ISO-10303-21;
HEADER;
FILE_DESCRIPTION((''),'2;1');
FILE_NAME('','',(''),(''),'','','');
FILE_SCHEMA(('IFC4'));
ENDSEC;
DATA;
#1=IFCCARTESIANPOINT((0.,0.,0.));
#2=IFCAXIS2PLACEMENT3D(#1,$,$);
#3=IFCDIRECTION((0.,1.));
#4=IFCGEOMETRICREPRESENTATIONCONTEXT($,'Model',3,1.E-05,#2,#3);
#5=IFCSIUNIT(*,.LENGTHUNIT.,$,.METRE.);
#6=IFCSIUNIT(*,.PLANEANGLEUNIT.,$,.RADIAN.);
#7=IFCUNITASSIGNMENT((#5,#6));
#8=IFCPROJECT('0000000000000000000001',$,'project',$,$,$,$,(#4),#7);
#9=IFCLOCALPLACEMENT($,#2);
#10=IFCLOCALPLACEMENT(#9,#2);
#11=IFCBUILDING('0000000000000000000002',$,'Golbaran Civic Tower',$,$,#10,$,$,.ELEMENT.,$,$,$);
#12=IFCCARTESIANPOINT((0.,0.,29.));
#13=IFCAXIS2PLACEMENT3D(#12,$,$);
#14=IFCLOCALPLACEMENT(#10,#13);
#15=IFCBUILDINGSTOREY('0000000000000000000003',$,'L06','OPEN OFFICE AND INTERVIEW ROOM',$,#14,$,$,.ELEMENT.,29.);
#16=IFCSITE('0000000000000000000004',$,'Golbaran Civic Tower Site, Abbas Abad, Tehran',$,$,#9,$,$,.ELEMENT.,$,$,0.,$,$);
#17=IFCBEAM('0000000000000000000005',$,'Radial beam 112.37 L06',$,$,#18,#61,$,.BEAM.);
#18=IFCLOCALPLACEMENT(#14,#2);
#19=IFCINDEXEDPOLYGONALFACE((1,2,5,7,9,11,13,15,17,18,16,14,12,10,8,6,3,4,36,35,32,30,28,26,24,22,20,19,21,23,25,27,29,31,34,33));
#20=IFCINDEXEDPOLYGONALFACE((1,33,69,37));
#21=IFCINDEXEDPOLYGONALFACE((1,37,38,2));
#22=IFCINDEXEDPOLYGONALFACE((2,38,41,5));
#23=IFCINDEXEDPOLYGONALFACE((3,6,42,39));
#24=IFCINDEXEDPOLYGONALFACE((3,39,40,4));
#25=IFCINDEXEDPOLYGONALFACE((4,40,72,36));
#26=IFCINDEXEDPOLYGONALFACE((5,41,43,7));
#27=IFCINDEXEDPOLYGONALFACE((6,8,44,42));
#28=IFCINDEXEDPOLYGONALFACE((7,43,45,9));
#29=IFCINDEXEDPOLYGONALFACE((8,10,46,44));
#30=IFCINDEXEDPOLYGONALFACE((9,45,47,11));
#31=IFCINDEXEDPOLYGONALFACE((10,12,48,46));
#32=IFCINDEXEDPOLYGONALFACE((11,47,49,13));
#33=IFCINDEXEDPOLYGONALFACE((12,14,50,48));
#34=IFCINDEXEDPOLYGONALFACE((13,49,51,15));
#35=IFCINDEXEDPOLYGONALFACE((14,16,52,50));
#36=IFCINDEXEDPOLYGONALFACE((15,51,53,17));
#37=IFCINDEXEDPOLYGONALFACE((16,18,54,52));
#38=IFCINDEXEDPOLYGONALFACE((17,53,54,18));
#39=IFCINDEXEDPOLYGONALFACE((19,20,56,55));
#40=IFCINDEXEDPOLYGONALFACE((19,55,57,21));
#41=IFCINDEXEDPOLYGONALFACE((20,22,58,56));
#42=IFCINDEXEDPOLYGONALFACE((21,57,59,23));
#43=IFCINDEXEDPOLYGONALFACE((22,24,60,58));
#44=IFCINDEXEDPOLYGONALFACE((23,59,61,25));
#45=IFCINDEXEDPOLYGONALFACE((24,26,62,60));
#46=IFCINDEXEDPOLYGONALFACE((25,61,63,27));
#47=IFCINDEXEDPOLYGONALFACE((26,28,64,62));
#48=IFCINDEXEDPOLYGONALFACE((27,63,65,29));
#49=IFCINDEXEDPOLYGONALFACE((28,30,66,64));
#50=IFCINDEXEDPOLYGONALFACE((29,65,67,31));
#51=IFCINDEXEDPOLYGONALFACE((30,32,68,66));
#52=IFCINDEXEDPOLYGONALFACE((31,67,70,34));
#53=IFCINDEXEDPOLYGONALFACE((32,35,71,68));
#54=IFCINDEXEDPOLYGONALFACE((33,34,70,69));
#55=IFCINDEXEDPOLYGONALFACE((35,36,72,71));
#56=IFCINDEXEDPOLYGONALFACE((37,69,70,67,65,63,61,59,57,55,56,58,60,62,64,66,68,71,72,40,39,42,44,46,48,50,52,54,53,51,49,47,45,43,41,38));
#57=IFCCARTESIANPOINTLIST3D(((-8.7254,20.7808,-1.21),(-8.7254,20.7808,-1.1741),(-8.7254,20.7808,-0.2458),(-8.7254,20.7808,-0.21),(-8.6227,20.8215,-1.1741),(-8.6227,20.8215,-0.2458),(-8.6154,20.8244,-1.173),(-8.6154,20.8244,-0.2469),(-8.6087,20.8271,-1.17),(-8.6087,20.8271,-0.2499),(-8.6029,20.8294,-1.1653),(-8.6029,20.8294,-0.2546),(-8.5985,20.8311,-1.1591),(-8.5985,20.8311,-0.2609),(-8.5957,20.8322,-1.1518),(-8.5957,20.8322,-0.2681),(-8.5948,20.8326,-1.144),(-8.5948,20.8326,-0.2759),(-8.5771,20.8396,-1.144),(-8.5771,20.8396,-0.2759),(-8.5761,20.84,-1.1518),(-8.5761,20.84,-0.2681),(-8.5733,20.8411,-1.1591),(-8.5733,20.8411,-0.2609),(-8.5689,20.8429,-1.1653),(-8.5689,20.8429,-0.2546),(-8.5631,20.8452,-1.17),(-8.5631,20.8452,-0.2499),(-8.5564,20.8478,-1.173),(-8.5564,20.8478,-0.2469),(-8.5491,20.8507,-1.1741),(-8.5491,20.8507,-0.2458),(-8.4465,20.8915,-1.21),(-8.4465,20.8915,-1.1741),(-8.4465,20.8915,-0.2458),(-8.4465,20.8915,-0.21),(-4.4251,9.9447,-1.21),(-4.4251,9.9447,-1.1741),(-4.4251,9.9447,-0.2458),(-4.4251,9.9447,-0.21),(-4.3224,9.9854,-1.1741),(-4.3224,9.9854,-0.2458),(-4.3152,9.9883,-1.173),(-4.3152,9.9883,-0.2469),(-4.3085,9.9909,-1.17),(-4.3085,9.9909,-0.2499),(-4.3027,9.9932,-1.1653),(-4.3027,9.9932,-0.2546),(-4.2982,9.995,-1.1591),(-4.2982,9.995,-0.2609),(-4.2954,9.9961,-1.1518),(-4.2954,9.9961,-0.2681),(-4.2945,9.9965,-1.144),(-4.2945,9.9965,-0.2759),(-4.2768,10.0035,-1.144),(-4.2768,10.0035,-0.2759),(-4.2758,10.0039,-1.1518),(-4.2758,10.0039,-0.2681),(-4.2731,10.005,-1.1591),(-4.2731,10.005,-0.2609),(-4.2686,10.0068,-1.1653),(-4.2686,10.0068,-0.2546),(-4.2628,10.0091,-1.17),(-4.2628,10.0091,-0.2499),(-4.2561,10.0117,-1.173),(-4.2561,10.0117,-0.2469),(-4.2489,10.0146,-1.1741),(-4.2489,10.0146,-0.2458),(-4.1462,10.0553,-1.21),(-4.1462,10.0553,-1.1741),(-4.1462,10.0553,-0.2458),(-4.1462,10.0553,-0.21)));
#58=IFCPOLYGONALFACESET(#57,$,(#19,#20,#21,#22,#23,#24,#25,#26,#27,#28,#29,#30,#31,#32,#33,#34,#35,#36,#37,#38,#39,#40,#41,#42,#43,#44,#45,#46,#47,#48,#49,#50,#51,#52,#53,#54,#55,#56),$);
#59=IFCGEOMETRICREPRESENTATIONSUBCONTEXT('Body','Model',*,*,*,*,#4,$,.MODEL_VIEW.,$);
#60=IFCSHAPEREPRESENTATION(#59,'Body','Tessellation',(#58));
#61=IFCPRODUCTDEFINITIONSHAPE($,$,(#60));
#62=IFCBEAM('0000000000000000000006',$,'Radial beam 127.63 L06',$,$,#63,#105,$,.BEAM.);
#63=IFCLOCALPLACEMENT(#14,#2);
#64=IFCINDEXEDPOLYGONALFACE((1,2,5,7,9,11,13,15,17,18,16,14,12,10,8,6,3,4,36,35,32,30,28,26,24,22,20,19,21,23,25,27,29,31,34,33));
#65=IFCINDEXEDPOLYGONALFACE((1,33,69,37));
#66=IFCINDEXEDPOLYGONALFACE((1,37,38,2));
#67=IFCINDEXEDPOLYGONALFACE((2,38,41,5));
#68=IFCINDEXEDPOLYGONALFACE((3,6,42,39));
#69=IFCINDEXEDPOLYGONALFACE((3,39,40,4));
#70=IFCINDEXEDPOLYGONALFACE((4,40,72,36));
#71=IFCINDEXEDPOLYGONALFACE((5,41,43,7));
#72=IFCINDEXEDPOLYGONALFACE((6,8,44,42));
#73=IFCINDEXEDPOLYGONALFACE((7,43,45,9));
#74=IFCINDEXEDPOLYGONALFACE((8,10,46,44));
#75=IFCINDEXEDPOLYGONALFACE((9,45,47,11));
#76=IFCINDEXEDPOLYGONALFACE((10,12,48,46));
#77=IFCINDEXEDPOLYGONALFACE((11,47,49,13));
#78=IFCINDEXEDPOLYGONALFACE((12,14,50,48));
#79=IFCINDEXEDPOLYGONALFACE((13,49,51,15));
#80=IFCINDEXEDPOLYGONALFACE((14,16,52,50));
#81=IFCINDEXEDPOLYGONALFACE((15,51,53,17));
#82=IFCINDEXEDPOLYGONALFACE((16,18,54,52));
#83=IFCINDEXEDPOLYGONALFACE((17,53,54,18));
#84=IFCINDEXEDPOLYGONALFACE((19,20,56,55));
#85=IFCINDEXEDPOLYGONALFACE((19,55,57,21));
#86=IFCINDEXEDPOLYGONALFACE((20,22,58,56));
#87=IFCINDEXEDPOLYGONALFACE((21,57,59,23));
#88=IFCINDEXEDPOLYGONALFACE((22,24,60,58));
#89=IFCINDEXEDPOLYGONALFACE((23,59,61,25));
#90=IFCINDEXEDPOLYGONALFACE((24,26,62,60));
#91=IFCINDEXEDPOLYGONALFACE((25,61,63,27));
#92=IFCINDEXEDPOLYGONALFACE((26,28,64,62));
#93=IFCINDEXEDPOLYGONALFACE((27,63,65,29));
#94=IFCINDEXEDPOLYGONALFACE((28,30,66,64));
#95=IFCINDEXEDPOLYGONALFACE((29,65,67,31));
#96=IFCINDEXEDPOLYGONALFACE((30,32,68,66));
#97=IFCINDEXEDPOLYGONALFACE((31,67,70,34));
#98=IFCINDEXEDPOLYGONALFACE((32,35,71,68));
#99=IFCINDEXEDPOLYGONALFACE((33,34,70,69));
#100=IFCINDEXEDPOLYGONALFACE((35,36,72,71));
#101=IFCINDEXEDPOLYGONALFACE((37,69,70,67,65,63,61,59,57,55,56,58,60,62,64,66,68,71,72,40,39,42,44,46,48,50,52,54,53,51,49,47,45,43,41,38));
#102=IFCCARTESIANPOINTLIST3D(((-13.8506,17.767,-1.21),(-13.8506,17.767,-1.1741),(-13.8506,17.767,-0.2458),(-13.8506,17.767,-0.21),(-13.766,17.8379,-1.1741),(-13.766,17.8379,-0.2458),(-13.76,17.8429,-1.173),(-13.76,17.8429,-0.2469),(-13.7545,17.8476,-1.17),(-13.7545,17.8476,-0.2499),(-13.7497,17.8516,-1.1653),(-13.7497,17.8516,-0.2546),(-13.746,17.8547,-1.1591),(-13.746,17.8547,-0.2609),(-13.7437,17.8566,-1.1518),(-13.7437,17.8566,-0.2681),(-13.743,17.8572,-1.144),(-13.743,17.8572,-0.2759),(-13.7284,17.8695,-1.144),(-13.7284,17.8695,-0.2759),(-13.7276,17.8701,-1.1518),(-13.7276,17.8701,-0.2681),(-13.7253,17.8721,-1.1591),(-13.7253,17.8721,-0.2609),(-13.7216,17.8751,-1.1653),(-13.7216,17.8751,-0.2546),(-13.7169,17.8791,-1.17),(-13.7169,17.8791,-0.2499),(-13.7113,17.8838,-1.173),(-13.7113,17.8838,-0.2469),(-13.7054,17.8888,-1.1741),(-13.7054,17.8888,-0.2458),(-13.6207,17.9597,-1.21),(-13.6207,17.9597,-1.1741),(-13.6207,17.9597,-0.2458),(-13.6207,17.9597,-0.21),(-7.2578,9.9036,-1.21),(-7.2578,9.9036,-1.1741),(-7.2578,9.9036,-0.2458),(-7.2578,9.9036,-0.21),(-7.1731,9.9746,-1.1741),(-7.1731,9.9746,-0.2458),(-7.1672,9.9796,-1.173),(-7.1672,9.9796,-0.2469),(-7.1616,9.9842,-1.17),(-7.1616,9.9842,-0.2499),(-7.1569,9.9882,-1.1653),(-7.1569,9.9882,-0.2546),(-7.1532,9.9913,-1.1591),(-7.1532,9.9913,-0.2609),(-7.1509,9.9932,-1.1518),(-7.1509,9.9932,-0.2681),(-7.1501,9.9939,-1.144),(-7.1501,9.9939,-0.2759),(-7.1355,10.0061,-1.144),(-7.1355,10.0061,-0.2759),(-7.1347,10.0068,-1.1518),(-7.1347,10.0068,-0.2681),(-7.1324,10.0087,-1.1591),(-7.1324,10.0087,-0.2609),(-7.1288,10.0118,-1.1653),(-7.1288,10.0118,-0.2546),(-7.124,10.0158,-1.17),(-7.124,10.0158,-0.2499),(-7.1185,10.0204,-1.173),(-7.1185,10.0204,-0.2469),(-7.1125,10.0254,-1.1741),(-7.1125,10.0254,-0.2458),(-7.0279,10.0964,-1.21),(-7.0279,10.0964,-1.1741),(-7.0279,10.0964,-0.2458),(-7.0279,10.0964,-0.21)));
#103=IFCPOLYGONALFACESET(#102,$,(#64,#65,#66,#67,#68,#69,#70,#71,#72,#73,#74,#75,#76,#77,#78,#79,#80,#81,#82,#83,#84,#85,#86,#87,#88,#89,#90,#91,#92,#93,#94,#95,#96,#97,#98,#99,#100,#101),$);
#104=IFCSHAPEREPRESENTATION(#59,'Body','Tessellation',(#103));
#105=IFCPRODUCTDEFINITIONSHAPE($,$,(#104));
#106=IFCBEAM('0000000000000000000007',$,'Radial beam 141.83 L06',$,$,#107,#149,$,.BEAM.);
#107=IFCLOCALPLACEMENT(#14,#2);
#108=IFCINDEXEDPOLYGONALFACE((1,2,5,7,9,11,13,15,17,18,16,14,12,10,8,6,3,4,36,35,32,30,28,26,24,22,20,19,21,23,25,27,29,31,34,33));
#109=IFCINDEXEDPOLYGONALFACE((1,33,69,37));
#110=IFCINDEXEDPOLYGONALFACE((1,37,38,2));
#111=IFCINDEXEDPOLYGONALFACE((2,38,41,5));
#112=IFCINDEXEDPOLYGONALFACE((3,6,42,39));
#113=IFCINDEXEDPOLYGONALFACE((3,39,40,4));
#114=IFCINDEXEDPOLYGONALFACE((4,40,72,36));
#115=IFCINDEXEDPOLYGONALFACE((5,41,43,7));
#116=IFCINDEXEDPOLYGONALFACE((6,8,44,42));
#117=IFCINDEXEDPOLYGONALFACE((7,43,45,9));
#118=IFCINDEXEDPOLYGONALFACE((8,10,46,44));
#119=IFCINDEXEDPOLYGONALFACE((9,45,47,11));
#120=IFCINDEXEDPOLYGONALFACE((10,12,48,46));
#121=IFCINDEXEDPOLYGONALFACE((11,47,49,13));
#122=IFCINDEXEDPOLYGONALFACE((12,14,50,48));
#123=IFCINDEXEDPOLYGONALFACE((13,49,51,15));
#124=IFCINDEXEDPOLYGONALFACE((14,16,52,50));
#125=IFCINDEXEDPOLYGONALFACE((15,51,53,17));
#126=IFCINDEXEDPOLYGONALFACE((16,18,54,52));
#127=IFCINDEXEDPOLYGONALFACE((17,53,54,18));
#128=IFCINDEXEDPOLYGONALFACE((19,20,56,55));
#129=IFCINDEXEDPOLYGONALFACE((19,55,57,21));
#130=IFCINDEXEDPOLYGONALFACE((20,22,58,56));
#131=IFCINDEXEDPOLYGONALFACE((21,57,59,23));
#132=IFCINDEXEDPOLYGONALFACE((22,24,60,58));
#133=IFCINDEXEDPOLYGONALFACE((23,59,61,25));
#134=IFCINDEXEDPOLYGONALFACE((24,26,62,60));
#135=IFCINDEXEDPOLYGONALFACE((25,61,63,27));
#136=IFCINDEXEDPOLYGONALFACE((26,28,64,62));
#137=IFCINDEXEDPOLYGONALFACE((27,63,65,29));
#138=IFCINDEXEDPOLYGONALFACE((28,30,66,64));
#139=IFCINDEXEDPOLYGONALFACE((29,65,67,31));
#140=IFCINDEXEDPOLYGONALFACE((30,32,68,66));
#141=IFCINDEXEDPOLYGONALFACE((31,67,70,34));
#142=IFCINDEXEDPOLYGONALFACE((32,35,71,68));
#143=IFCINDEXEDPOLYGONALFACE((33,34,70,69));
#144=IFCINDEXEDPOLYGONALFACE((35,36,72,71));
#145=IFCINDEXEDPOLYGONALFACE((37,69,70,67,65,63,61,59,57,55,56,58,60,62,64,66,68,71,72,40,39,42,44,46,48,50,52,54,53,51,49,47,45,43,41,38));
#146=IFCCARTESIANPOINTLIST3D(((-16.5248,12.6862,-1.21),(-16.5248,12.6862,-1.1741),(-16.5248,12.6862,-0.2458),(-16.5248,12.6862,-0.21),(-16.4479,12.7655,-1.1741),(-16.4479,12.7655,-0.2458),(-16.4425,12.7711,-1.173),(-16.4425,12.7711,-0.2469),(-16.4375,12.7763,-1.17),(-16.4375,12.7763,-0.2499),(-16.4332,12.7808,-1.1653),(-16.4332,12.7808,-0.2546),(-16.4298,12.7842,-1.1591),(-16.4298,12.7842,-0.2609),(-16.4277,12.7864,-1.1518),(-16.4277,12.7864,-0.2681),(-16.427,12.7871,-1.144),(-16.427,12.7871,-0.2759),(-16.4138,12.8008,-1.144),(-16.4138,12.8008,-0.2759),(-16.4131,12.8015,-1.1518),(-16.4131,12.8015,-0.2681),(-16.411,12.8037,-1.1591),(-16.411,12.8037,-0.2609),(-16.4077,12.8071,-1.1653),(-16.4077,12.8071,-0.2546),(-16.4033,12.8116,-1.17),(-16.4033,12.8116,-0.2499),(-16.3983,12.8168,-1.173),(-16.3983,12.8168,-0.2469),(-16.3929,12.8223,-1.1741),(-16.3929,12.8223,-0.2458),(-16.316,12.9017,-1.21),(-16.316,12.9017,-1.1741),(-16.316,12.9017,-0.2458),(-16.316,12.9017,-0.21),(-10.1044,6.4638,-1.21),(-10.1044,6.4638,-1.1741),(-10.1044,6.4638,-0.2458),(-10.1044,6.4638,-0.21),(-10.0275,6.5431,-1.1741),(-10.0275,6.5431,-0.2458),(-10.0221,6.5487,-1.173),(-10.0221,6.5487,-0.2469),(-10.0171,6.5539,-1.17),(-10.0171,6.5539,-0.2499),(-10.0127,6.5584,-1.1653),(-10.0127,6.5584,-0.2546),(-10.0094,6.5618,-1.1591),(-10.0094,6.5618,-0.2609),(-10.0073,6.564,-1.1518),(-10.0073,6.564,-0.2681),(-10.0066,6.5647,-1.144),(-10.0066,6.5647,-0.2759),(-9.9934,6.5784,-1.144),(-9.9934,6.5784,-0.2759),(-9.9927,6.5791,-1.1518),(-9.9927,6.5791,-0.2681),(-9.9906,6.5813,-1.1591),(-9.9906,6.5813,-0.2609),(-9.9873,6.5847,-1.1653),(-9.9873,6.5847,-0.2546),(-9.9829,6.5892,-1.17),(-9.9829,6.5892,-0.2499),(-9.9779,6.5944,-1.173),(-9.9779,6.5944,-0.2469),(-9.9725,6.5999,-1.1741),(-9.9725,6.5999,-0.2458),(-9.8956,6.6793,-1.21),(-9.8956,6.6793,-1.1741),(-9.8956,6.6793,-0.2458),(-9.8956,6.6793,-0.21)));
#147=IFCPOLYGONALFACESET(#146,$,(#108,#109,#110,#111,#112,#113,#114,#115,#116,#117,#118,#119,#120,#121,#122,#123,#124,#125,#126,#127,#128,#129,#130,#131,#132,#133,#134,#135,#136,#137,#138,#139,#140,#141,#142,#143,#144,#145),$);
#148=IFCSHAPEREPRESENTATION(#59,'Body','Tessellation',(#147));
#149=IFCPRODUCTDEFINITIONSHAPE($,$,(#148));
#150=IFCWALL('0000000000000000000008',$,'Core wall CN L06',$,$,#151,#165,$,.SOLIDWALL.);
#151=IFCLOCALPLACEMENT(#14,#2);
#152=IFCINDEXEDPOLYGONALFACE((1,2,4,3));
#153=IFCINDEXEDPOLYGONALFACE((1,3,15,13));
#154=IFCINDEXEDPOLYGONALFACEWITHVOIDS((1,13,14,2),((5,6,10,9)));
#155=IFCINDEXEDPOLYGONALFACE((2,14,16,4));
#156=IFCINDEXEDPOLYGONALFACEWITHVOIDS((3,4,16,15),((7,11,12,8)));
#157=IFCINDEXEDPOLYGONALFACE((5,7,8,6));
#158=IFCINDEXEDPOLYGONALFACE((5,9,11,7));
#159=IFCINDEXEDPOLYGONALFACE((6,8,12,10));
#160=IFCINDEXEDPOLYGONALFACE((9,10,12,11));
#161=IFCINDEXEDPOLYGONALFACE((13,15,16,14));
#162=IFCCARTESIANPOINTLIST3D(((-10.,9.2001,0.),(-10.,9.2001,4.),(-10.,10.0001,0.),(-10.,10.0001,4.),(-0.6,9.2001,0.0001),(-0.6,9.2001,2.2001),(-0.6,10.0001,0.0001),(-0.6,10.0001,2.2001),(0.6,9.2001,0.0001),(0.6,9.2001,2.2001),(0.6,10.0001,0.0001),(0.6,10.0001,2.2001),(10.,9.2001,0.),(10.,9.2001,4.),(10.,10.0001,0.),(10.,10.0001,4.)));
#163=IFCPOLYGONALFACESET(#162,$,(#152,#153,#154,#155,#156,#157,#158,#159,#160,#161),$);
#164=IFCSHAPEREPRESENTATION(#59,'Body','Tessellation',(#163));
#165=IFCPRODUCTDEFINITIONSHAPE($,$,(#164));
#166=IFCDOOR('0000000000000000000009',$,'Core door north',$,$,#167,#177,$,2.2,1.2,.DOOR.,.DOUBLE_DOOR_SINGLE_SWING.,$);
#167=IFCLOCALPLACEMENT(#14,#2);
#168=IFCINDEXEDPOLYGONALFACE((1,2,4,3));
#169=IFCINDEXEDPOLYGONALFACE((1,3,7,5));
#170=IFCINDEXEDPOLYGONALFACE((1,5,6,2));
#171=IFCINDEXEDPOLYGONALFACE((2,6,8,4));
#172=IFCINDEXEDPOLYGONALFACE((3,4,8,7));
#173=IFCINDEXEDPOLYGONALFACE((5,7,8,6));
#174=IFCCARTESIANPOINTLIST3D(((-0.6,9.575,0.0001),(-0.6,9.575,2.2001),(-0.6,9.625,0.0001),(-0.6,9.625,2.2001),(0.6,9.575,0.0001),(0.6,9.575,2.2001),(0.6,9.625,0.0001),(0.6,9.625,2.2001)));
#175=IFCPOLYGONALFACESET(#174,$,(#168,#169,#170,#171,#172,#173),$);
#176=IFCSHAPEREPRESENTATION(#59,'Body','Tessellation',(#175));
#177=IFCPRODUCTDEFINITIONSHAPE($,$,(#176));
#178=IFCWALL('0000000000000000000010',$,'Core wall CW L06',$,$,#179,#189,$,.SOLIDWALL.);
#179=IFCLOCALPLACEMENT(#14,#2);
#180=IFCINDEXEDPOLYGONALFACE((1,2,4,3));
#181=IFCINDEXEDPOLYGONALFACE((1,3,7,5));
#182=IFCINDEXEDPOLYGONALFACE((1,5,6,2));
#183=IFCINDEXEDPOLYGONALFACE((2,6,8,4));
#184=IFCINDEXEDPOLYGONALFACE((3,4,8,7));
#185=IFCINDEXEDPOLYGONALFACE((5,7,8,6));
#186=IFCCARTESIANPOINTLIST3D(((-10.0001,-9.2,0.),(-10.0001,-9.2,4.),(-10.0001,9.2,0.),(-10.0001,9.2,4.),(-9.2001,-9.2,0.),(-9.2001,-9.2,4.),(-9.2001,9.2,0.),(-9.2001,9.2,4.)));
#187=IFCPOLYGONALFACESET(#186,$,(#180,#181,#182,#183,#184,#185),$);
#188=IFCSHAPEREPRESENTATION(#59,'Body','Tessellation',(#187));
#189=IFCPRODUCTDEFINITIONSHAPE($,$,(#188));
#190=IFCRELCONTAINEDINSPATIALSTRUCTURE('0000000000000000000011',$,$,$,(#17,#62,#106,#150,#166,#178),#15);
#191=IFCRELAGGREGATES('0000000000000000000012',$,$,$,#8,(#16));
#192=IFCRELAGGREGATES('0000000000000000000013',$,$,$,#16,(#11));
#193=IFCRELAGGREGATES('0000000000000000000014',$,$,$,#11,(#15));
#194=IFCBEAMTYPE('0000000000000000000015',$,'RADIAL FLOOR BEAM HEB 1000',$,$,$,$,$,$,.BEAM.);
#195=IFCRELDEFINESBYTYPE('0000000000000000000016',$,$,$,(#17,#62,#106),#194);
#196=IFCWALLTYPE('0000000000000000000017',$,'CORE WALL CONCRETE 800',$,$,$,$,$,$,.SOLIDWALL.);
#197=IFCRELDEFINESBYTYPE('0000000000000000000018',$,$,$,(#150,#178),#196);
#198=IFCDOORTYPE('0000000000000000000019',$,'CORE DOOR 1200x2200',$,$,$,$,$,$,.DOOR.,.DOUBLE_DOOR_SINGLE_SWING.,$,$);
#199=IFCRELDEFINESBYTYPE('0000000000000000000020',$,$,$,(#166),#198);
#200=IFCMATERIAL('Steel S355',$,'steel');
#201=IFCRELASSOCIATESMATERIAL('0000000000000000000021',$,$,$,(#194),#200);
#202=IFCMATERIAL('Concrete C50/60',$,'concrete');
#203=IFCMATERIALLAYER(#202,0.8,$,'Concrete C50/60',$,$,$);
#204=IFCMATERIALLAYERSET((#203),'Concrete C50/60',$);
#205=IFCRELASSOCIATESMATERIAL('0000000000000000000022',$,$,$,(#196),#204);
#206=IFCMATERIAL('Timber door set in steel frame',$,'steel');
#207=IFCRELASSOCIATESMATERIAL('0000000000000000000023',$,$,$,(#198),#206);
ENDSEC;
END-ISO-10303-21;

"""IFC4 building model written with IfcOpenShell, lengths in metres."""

from ifc_helpers import new_model, si_unit, direction, frame, frame_2d, origin, origin_2d, place, context, subcontext, project, spatial, rectangle, i_section, extrude, material, layer, layer_set, material_profile, profile_set, type_object, element, fill, save


model = new_model("IFC4")

# Units and contexts
model_context = context("Model", 3, precision=1e-05, world=origin(), true_north=direction((0.0, 1.0)))
body_context = subcontext(model_context, "Body", "Model", "MODEL_VIEW")
ifc_project = project(units=[si_unit("LENGTHUNIT", "METRE"), si_unit("PLANEANGLEUNIT", "RADIAN")], contexts=[model_context])

# Site, building, storey
site_placement = place(None, origin())
site = spatial("IfcSite", under=ifc_project, at=site_placement, Name="Golbaran Civic Tower Site, Abbas Abad, Tehran", CompositionType="ELEMENT", RefElevation=0.0)
building_placement = place(site_placement, origin())
building = spatial("IfcBuilding", under=site, at=building_placement, Name="Golbaran Civic Tower", CompositionType="ELEMENT")
storey_placement = place(building_placement, frame((0.0, 0.0, 29.0)))
storey = spatial("IfcBuildingStorey", under=building, at=storey_placement, Name="L06", Description="OPEN OFFICE AND INTERVIEW ROOM", CompositionType="ELEMENT", Elevation=29.0)

# Beams
ifc_material_1 = material(Name="Steel S355", Category="steel")
ifc_material_profile_1 = material_profile(ifc_material_1, i_section(OverallWidth=0.3, OverallDepth=1.0, WebThickness=0.019, FlangeThickness=0.0359, FilletRadius=0.03, at=origin_2d()), Name="HEB 1000")
ifc_profile_set_1 = profile_set([ifc_material_profile_1], Name="Steel S355")
beam_type_1 = type_object("IfcBeamType", Name="RADIAL FLOOR BEAM HEB 1000", PredefinedType="BEAM", material=ifc_profile_set_1)
beam_1_placement = place(storey_placement, frame((-4.2856, 10.0, -0.71), z_axis=(-0.368862, 0.929484, 0.0), x_axis=(-0.929484, -0.368862, 0.0)))
element("IfcBeam", 1, at=beam_1_placement, inside=storey, type_object=beam_type_1, Name="Radial beam 112.37 L06", PredefinedType="BEAM", context=body_context, shape_type="SweptSolid", body=[
    extrude(i_section(OverallWidth=0.3, OverallDepth=1.0, WebThickness=0.019, FlangeThickness=0.0359, FilletRadius=0.03, at=origin_2d()), origin(), (0.0, 0.0, 1.0), 11.6582),
])
beam_2_placement = place(storey_placement, frame((-7.1428, 10.0, -0.71), z_axis=(-0.642484, 0.766299, 0.0), x_axis=(-0.766299, -0.642484, 0.0)))
element("IfcBeam", 2, at=beam_2_placement, inside=storey, type_object=beam_type_1, Name="Radial beam 127.63 L06", PredefinedType="BEAM", context=body_context, shape_type="SweptSolid", body=[
    extrude(i_section(OverallWidth=0.3, OverallDepth=1.0, WebThickness=0.019, FlangeThickness=0.0359, FilletRadius=0.03, at=origin_2d()), origin(), (0.0, 0.0, 1.0), 10.2615),
])
beam_3_placement = place(storey_placement, frame((-10.0, 6.5715, -0.71), z_axis=(-0.718093, 0.695948, 0.0), x_axis=(-0.695948, -0.718093, 0.0)))
element("IfcBeam", 3, at=beam_3_placement, inside=storey, type_object=beam_type_1, Name="Radial beam 141.83 L06", PredefinedType="BEAM", context=body_context, shape_type="SweptSolid", body=[
    extrude(i_section(OverallWidth=0.3, OverallDepth=1.0, WebThickness=0.019, FlangeThickness=0.0359, FilletRadius=0.03, at=origin_2d()), origin(), (0.0, 0.0, 1.0), 8.9409),
])

# Wall, opening, door
ifc_material_2 = material(Name="Concrete C50/60", Category="concrete")
ifc_layer_1 = layer(ifc_material_2, 0.8, Name="Concrete C50/60")
ifc_layer_set_1 = layer_set([ifc_layer_1], Name="Concrete C50/60")
wall_type_1 = type_object("IfcWallType", Name="CORE WALL CONCRETE 800", PredefinedType="SOLIDWALL", material=ifc_layer_set_1)
wall_1_placement = place(storey_placement, frame((-10.0, 9.6001, 0.0), z_axis=(0.0, 0.0, 1.0), x_axis=(1.0, 0.0, 0.0)))
wall_1 = element("IfcWall", 4, at=wall_1_placement, inside=storey, type_object=wall_type_1, Name="Core wall CN L06", PredefinedType="SOLIDWALL", context=body_context, shape_type="SweptSolid", body=[
    extrude(rectangle(XDim=20.0, YDim=0.8, at=frame_2d((10.0, 0.0))), origin(), (0.0, 0.0, 1.0), 4.0),
])
opening_1_placement = place(wall_1_placement, frame((9.3999, 0.0, 0.0)))
opening_1 = element("IfcOpeningElement", 5, at=opening_1_placement, cuts=wall_1, PredefinedType="OPENING", context=body_context, shape_type="SweptSolid", body=[
    extrude(rectangle(XDim=1.2, YDim=2.2, at=frame_2d((0.6001, 1.1001))), frame((0.0, 0.4099, 0.0), z_axis=(0.0, -1.0, 0.0), x_axis=(1.0, 0.0, 0.0)), (0.0, 0.0, 1.0), 0.8201),
])
ifc_material_3 = material(Name="Timber door set in steel frame", Category="steel")
door_type_1 = type_object("IfcDoorType", Name="CORE DOOR 1200x2200", OperationType="DOUBLE_DOOR_SINGLE_SWING", PredefinedType="DOOR", material=ifc_material_3)
door_1_placement = place(opening_1_placement, origin())
door_1 = element("IfcDoor", 6, at=door_1_placement, inside=storey, type_object=door_type_1, Name="Core door north", OperationType="DOUBLE_DOOR_SINGLE_SWING", OverallHeight=2.2, OverallWidth=1.2, PredefinedType="DOOR", context=body_context, shape_type="SweptSolid", body=[
    extrude(rectangle(XDim=1.2, YDim=2.2, at=frame_2d((0.6001, 1.1001))), frame((0.0, 0.0249, 0.0), z_axis=(0.0, -1.0, 0.0), x_axis=(1.0, 0.0, 0.0)), (0.0, 0.0, 1.0), 0.05),
])
fill(opening_1, door_1)

# Wall
wall_2_placement = place(storey_placement, frame((-9.6001, 9.2, 0.0), z_axis=(0.0, 0.0, 1.0), x_axis=(0.0, -1.0, 0.0)))
element("IfcWall", 7, at=wall_2_placement, inside=storey, type_object=wall_type_1, Name="Core wall CW L06", PredefinedType="SOLIDWALL", context=body_context, shape_type="SweptSolid", body=[
    extrude(rectangle(XDim=18.3999, YDim=0.8, at=frame_2d((9.2, 0.0))), origin(), (0.0, 0.0, 1.0), 4.0),
])

save(model, "model.ifc")
